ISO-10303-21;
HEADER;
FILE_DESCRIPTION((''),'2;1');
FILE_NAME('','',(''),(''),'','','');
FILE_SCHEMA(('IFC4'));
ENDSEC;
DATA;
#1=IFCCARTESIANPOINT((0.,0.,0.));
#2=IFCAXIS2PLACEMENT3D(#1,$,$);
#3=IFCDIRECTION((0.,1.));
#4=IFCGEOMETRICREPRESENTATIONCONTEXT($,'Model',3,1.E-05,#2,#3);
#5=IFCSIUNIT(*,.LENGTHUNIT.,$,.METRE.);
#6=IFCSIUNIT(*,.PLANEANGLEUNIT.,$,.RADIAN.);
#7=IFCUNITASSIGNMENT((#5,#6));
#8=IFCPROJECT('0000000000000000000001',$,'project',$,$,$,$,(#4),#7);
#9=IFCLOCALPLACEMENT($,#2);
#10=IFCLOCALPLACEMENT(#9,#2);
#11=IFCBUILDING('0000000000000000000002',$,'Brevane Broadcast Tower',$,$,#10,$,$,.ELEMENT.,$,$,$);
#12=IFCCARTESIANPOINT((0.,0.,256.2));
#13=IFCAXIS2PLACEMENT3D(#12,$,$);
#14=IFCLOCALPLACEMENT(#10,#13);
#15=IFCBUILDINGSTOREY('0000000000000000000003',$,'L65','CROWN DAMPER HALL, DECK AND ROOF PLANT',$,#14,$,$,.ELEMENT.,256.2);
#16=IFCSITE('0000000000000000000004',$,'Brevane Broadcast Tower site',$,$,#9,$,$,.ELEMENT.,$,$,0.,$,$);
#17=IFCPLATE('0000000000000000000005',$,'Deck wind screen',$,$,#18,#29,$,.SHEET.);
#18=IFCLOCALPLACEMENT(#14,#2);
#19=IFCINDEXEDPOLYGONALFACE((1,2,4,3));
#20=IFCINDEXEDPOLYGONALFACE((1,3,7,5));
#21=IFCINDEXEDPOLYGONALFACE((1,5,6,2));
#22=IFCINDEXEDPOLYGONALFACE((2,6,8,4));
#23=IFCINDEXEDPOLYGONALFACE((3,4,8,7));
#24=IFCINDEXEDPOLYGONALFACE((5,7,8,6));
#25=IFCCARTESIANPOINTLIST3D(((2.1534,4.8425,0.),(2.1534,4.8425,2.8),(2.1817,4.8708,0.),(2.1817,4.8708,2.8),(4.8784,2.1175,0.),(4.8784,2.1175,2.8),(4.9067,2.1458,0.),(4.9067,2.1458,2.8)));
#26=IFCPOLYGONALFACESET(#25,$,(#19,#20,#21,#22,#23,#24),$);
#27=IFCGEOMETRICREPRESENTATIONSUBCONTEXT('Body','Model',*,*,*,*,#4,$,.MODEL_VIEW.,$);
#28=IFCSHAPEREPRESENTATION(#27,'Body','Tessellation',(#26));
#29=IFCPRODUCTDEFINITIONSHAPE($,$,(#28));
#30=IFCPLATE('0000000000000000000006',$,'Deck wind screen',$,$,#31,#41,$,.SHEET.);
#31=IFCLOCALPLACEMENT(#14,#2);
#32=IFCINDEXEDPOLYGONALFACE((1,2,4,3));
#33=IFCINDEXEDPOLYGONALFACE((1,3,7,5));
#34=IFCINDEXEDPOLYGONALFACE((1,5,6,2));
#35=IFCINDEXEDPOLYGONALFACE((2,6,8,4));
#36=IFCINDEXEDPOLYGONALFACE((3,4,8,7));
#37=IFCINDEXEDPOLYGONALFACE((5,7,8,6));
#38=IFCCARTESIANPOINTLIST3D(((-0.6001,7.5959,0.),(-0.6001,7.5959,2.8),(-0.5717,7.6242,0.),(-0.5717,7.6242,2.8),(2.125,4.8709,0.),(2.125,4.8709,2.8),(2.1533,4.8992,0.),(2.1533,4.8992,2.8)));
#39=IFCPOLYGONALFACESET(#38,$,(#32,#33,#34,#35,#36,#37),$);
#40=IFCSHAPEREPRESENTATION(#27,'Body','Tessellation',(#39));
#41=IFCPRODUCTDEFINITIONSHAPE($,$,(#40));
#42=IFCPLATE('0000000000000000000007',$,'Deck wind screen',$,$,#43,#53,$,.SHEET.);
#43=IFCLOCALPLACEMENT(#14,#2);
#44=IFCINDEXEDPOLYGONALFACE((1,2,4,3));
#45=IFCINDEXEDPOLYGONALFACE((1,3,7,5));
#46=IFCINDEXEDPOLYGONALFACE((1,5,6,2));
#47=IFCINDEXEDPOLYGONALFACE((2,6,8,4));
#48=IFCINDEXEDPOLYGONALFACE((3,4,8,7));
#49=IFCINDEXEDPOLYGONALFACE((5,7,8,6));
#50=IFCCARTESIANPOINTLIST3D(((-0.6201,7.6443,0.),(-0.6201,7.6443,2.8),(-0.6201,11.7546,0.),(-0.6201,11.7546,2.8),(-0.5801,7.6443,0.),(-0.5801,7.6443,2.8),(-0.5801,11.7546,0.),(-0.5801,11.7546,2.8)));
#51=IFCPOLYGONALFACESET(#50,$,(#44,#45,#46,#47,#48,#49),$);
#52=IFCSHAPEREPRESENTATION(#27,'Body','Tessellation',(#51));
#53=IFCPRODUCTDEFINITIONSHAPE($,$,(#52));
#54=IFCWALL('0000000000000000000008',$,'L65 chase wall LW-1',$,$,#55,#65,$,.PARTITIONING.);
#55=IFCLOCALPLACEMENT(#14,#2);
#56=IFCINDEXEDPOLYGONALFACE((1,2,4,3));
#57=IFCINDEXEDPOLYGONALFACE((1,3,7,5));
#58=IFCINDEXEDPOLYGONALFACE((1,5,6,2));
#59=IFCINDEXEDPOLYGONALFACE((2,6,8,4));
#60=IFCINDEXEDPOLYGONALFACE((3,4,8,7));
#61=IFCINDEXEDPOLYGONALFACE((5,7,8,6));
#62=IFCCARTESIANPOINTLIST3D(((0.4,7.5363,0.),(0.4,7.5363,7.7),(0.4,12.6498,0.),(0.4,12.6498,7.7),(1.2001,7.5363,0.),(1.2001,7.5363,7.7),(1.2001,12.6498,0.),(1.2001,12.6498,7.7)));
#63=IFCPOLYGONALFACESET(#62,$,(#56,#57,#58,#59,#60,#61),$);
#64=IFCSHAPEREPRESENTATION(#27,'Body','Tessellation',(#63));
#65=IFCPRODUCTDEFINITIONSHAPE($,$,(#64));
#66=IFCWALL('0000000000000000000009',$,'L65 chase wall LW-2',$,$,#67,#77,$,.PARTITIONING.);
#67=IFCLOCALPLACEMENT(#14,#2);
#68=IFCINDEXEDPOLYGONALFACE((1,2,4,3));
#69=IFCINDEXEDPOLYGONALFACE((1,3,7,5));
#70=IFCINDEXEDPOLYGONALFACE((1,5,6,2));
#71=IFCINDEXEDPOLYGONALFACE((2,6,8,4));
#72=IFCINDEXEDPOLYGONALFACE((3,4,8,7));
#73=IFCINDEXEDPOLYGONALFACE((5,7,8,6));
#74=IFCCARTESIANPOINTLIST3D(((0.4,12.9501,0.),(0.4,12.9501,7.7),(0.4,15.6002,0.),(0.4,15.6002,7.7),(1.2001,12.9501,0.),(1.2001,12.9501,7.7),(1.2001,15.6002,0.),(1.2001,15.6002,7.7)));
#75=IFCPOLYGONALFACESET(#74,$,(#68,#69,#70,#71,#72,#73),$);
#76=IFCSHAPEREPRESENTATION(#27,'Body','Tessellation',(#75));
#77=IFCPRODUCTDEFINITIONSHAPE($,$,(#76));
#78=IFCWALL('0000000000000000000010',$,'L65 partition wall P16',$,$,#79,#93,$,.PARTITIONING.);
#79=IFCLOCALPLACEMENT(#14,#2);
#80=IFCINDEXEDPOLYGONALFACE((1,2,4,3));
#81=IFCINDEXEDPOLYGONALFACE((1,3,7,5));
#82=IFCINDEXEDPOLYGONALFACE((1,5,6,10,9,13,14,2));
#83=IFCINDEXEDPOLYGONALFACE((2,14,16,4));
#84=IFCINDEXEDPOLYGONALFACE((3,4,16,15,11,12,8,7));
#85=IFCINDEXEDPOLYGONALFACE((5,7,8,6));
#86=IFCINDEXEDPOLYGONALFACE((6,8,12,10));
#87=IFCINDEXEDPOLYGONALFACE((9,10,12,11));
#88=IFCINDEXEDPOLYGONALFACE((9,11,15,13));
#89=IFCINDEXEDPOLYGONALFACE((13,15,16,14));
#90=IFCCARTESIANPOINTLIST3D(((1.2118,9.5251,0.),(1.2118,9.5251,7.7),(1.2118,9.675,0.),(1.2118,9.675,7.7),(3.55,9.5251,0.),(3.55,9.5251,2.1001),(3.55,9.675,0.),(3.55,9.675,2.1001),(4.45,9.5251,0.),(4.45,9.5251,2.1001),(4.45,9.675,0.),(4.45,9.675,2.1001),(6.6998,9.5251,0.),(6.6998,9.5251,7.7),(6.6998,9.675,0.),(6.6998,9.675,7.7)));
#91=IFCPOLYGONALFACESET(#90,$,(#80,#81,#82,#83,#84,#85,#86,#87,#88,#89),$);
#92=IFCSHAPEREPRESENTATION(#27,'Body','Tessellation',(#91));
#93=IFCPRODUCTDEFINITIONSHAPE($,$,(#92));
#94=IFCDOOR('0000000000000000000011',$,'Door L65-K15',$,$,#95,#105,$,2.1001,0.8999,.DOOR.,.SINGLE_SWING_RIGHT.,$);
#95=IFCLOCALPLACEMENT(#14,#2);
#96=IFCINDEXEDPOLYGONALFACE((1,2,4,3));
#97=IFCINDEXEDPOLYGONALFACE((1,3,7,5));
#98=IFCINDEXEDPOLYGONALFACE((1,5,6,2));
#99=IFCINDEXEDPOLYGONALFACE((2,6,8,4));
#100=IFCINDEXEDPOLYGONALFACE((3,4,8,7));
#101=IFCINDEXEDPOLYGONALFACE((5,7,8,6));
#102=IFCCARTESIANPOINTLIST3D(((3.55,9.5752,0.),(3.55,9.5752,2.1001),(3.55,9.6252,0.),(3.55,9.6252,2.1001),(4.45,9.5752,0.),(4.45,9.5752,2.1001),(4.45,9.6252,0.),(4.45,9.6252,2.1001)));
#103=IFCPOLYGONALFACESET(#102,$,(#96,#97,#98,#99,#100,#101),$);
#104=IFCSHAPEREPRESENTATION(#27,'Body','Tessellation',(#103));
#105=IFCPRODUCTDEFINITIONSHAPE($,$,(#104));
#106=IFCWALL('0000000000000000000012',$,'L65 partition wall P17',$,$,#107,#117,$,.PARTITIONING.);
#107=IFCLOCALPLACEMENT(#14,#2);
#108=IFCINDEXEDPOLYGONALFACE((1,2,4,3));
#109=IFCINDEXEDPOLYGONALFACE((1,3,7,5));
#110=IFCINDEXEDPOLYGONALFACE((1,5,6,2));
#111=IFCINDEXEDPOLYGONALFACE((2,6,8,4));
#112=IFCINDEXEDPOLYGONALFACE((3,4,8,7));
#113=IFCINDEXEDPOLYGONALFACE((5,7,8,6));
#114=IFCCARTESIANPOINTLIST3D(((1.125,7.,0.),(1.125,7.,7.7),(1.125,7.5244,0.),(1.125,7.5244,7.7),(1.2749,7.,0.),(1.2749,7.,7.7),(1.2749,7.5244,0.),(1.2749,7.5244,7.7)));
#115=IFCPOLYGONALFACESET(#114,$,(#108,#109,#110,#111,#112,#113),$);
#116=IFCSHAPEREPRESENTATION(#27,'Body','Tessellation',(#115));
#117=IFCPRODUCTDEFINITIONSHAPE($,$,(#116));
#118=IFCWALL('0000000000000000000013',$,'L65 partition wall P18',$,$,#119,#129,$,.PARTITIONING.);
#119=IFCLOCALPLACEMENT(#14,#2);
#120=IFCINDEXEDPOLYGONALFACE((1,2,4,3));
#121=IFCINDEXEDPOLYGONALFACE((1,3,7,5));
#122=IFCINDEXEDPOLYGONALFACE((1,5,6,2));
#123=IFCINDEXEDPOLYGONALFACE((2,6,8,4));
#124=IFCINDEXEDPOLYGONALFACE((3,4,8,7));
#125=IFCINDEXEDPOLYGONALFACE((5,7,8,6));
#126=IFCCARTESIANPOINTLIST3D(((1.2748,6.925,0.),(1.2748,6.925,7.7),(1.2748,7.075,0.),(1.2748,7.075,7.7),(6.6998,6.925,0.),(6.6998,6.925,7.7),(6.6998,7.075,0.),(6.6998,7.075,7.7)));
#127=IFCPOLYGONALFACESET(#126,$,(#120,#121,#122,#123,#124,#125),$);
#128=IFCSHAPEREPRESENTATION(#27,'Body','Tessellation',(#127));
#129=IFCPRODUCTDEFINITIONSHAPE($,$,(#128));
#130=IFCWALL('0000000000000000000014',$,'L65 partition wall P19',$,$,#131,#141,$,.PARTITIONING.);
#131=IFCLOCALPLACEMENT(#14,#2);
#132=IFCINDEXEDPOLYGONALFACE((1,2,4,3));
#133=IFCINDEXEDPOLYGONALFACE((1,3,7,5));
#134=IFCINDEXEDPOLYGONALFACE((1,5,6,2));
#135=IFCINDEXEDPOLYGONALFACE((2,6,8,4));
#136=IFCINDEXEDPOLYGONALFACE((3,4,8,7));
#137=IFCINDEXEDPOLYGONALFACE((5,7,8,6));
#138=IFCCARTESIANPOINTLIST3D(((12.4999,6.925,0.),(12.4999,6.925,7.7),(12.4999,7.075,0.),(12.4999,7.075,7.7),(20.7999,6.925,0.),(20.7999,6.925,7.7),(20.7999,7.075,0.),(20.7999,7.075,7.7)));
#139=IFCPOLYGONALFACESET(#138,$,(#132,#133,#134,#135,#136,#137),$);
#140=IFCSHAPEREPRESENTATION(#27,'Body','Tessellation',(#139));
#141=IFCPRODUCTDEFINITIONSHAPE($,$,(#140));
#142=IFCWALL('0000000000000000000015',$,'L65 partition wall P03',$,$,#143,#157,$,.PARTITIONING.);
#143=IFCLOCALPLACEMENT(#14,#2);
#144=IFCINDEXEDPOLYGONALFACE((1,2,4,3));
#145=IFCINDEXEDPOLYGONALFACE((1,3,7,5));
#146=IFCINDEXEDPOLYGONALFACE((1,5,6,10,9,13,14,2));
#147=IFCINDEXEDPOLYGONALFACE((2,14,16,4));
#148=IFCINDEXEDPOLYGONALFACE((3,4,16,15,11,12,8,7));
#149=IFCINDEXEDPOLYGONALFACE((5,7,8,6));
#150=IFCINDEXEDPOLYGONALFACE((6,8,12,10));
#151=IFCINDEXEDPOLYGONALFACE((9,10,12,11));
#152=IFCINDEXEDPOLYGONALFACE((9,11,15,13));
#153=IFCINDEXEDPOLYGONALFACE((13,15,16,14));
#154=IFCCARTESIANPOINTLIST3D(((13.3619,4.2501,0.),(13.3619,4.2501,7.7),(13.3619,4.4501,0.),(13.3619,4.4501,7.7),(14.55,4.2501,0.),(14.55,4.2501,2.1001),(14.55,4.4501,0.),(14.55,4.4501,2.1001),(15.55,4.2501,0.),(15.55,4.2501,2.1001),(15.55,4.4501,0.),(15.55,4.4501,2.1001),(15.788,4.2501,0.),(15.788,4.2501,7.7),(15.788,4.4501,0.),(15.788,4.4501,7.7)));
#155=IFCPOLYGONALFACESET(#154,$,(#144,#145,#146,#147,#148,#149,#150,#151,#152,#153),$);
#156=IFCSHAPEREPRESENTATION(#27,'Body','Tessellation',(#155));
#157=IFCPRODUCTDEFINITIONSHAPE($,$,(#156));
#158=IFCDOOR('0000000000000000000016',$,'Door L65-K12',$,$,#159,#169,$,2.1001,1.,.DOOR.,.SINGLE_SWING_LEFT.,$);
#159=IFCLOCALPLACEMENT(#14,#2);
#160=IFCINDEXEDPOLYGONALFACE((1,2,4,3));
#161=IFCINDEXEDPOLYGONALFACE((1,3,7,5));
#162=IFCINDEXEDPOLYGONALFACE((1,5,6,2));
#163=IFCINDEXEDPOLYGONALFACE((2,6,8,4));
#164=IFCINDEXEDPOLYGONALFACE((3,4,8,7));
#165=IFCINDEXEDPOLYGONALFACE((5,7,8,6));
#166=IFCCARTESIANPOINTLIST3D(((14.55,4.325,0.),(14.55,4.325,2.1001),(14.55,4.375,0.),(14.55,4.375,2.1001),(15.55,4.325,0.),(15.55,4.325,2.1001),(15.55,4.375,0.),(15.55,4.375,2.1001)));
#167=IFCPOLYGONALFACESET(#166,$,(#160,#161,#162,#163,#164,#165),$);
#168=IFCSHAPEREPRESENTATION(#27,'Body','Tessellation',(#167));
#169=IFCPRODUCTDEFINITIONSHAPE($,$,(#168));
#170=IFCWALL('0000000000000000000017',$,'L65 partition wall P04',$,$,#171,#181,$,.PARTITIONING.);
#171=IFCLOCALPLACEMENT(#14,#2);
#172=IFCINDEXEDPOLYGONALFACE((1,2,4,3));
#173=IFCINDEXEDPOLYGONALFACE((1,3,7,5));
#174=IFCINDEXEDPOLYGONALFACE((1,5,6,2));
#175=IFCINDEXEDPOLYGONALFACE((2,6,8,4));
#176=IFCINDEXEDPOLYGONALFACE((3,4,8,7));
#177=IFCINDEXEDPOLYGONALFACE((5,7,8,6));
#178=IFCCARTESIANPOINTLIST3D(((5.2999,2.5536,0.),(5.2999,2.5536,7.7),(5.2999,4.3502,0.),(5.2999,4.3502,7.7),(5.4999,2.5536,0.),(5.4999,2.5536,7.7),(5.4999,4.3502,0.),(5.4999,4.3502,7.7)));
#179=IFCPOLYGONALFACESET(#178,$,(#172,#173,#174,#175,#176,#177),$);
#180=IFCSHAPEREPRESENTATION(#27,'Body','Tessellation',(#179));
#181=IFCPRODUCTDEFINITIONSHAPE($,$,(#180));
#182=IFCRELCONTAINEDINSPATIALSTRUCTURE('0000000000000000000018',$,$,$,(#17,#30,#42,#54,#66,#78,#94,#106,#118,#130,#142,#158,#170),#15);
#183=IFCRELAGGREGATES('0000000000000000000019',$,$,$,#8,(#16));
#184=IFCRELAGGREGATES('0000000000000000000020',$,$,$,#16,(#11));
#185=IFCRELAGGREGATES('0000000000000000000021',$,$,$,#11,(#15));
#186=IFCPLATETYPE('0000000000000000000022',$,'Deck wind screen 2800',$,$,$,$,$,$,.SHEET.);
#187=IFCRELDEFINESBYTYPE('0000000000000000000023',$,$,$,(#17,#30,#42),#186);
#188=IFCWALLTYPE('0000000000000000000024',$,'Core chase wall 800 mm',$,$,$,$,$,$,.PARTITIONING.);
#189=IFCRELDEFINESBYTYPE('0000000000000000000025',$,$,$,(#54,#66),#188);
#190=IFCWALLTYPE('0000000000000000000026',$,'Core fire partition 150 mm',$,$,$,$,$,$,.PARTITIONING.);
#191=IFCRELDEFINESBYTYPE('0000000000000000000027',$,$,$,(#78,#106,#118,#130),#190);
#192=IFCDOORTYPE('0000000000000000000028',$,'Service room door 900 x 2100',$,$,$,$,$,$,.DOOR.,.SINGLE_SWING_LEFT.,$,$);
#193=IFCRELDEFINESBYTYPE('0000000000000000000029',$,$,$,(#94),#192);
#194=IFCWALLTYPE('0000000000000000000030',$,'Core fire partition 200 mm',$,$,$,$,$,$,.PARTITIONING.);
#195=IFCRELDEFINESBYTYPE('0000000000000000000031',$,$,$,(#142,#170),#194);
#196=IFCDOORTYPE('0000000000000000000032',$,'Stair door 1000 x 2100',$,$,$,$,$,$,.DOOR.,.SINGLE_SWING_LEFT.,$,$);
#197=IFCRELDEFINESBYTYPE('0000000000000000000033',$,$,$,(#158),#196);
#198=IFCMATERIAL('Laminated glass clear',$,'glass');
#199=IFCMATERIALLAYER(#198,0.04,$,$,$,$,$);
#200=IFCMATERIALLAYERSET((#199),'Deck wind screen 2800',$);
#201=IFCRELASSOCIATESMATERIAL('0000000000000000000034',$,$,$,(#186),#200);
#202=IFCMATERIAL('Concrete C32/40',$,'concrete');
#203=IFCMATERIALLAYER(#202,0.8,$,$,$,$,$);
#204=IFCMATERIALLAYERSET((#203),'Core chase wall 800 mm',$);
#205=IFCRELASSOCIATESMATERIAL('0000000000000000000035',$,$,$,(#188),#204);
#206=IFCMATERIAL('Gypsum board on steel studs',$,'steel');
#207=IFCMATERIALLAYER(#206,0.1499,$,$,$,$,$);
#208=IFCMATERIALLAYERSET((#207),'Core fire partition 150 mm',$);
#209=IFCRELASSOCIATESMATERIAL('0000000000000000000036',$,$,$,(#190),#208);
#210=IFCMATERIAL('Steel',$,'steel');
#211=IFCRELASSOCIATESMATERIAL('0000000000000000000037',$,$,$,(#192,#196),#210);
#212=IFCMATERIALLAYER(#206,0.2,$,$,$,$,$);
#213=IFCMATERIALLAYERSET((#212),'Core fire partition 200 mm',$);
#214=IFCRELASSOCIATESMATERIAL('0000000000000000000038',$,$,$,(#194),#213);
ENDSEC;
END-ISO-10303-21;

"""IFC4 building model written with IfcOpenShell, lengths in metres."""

from ifc_helpers import new_model, si_unit, direction, frame, frame_2d, origin, origin_2d, place, context, subcontext, project, spatial, rectangle, extrude, material, layer, layer_set, type_object, element, fill, save


model = new_model("IFC4")

# Units and contexts
model_context = context("Model", 3, precision=1e-05, world=origin(), true_north=direction((0.0, 1.0)))
body_context = subcontext(model_context, "Body", "Model", "MODEL_VIEW")
ifc_project = project(units=[si_unit("LENGTHUNIT", "METRE"), si_unit("PLANEANGLEUNIT", "RADIAN")], contexts=[model_context])

# Site, building, storey
site_placement = place(None, origin())
site = spatial("IfcSite", under=ifc_project, at=site_placement, Name="Brevane Broadcast Tower site", CompositionType="ELEMENT", RefElevation=0.0)
building_placement = place(site_placement, origin())
building = spatial("IfcBuilding", under=site, at=building_placement, Name="Brevane Broadcast Tower", CompositionType="ELEMENT")
storey_placement = place(building_placement, frame((0.0, 0.0, 256.2)))
storey = spatial("IfcBuildingStorey", under=building, at=storey_placement, Name="L65", Description="CROWN DAMPER HALL, DECK AND ROOF PLANT", CompositionType="ELEMENT", Elevation=256.2)

# Plates
ifc_material_1 = material(Name="Laminated glass clear", Category="glass")
ifc_layer_1 = layer(ifc_material_1, 0.04)
ifc_layer_set_1 = layer_set([ifc_layer_1], Name="Deck wind screen 2800")
plate_type = type_object("IfcPlateType", Name="Deck wind screen 2800", PredefinedType="SHEET", material=ifc_layer_set_1)
for number, where, z_axis, x_axis, name in (
    (1, (3.53, 3.4941, 0.0), (0.0, 0.0, 1.0), (-0.707107, 0.707107, 0.0), "Deck wind screen"),
    (2, (0.7766, 6.2476, 0.0), (0.0, 0.0, 1.0), (-0.707107, 0.707107, 0.0), "Deck wind screen"),
):
    element("IfcPlate", number, at=place(storey_placement, frame(where, z_axis=z_axis, x_axis=x_axis)), inside=storey, type_object=plate_type, Name=name, PredefinedType="SHEET", context=body_context, shape_type="SweptSolid", body=[
        extrude(rectangle(XDim=3.8538, YDim=0.04, at=origin_2d()), origin(), (0.0, 0.0, 1.0), 2.8),
    ])
plate_placement = place(storey_placement, frame((-0.6001, 9.6995, 0.0), z_axis=(0.0, 0.0, 1.0), x_axis=(0.0, 1.0, 0.0)))
element("IfcPlate", 3, at=plate_placement, inside=storey, type_object=plate_type, Name="Deck wind screen", PredefinedType="SHEET", context=body_context, shape_type="SweptSolid", body=[
    extrude(rectangle(XDim=4.1104, YDim=0.04, at=origin_2d()), origin(), (0.0, 0.0, 1.0), 2.8),
])

# Walls
ifc_material_2 = material(Name="Concrete C32/40", Category="concrete")
ifc_layer_2 = layer(ifc_material_2, 0.8)
ifc_layer_set_2 = layer_set([ifc_layer_2], Name="Core chase wall 800 mm")
wall_type_1 = type_object("IfcWallType", Name="Core chase wall 800 mm", PredefinedType="PARTITIONING", material=ifc_layer_set_2)
wall_1_placement = place(storey_placement, frame((0.8, 7.5364, 0.0), z_axis=(0.0, 0.0, 1.0), x_axis=(0.0, 1.0, 0.0)))
element("IfcWall", 4, at=wall_1_placement, inside=storey, type_object=wall_type_1, Name="L65 chase wall LW-1", PredefinedType="PARTITIONING", context=body_context, shape_type="SweptSolid", body=[
    extrude(rectangle(XDim=5.1135, YDim=0.8, at=frame_2d((2.5566, 0.0))), origin(), (0.0, 0.0, 1.0), 7.7),
])
wall_2_placement = place(storey_placement, frame((0.8, 12.95, 0.0), z_axis=(0.0, 0.0, 1.0), x_axis=(0.0, 1.0, 0.0)))
element("IfcWall", 5, at=wall_2_placement, inside=storey, type_object=wall_type_1, Name="L65 chase wall LW-2", PredefinedType="PARTITIONING", context=body_context, shape_type="SweptSolid", body=[
    extrude(rectangle(XDim=2.6501, YDim=0.8, at=frame_2d((1.3252, 0.0))), origin(), (0.0, 0.0, 1.0), 7.7),
])

# Wall, opening, door
ifc_material_3 = material(Name="Gypsum board on steel studs", Category="steel")
ifc_layer_3 = layer(ifc_material_3, 0.1499)
ifc_layer_set_3 = layer_set([ifc_layer_3], Name="Core fire partition 150 mm")
wall_type_2 = type_object("IfcWallType", Name="Core fire partition 150 mm", PredefinedType="PARTITIONING", material=ifc_layer_set_3)
wall_3_placement = place(storey_placement, frame((6.7, 9.6001, 0.0), z_axis=(0.0, 0.0, 1.0), x_axis=(-1.0, 0.0, 0.0)))
wall_3 = element("IfcWall", 6, at=wall_3_placement, inside=storey, type_object=wall_type_2, Name="L65 partition wall P16", PredefinedType="PARTITIONING", context=body_context, shape_type="SweptSolid", body=[
    extrude(rectangle(XDim=5.488, YDim=0.1499, at=frame_2d((2.7441, 0.0))), origin(), (0.0, 0.0, 1.0), 7.7),
])
opening_1_placement = place(wall_3_placement, frame((2.25, 0.0, 0.0)))
opening_1 = element("IfcOpeningElement", 7, at=opening_1_placement, cuts=wall_3, PredefinedType="OPENING", context=body_context, shape_type="SweptSolid", body=[
    extrude(rectangle(XDim=0.8999, YDim=2.1001, at=frame_2d((0.45, 1.05))), frame((0.0, 0.085, 0.0), z_axis=(0.0, -1.0, 0.0), x_axis=(1.0, 0.0, 0.0)), (0.0, 0.0, 1.0), 0.1699),
])
ifc_material_4 = material(Name="Steel", Category="steel")
door_type_1 = type_object("IfcDoorType", Name="Service room door 900 x 2100", OperationType="SINGLE_SWING_LEFT", PredefinedType="DOOR", material=ifc_material_4)
door_1_placement = place(opening_1_placement, origin())
door_1 = element("IfcDoor", 8, at=door_1_placement, inside=storey, type_object=door_type_1, Name="Door L65-K15", OperationType="SINGLE_SWING_RIGHT", OverallHeight=2.1001, OverallWidth=0.8999, PredefinedType="DOOR", context=body_context, shape_type="SweptSolid", body=[
    extrude(rectangle(XDim=0.8999, YDim=2.1001, at=frame_2d((0.45, 1.05))), frame((0.0, 0.0249, 0.0), z_axis=(0.0, -1.0, 0.0), x_axis=(1.0, 0.0, 0.0)), (0.0, 0.0, 1.0), 0.05),
])
fill(opening_1, door_1)

# Walls
wall_4_placement = place(storey_placement, frame((1.2, 7.5244, 0.0), z_axis=(0.0, 0.0, 1.0), x_axis=(0.0, -1.0, 0.0)))
element("IfcWall", 9, at=wall_4_placement, inside=storey, type_object=wall_type_2, Name="L65 partition wall P17", PredefinedType="PARTITIONING", context=body_context, shape_type="SweptSolid", body=[
    extrude(rectangle(XDim=0.5244, YDim=0.1499, at=frame_2d((0.2622, 0.0))), origin(), (0.0, 0.0, 1.0), 7.7),
])
wall_5_placement = place(storey_placement, frame((1.2749, 7.0, 0.0), z_axis=(0.0, 0.0, 1.0), x_axis=(1.0, 0.0, 0.0)))
element("IfcWall", 10, at=wall_5_placement, inside=storey, type_object=wall_type_2, Name="L65 partition wall P18", PredefinedType="PARTITIONING", context=body_context, shape_type="SweptSolid", body=[
    extrude(rectangle(XDim=5.425, YDim=0.1499, at=frame_2d((2.7124, 0.0))), origin(), (0.0, 0.0, 1.0), 7.7),
])
wall_6_placement = place(storey_placement, frame((12.5, 7.0, 0.0), z_axis=(0.0, 0.0, 1.0), x_axis=(1.0, 0.0, 0.0)))
element("IfcWall", 11, at=wall_6_placement, inside=storey, type_object=wall_type_2, Name="L65 partition wall P19", PredefinedType="PARTITIONING", context=body_context, shape_type="SweptSolid", body=[
    extrude(rectangle(XDim=8.3, YDim=0.1499, at=frame_2d((4.1499, 0.0))), origin(), (0.0, 0.0, 1.0), 7.7),
])

# Wall, opening, door
ifc_layer_4 = layer(ifc_material_3, 0.2)
ifc_layer_set_4 = layer_set([ifc_layer_4], Name="Core fire partition 200 mm")
wall_type_3 = type_object("IfcWallType", Name="Core fire partition 200 mm", PredefinedType="PARTITIONING", material=ifc_layer_set_4)
wall_7_placement = place(storey_placement, frame((13.3621, 4.3501, 0.0), z_axis=(0.0, 0.0, 1.0), x_axis=(1.0, 0.0, 0.0)))
wall_7 = element("IfcWall", 12, at=wall_7_placement, inside=storey, type_object=wall_type_3, Name="L65 partition wall P03", PredefinedType="PARTITIONING", context=body_context, shape_type="SweptSolid", body=[
    extrude(rectangle(XDim=2.426, YDim=0.2, at=frame_2d((1.2129, 0.0))), origin(), (0.0, 0.0, 1.0), 7.7),
])
opening_2_placement = place(wall_7_placement, frame((1.188, 0.0, 0.0)))
opening_2 = element("IfcOpeningElement", 13, at=opening_2_placement, cuts=wall_7, PredefinedType="OPENING", context=body_context, shape_type="SweptSolid", body=[
    extrude(rectangle(XDim=1.0, YDim=2.1001, at=frame_2d((0.5, 1.05))), frame((0.0, 0.1099, 0.0), z_axis=(0.0, -1.0, 0.0), x_axis=(1.0, 0.0, 0.0)), (0.0, 0.0, 1.0), 0.22),
])
door_type_2 = type_object("IfcDoorType", Name="Stair door 1000 x 2100", OperationType="SINGLE_SWING_LEFT", PredefinedType="DOOR", material=ifc_material_4)
door_2_placement = place(opening_2_placement, origin())
door_2 = element("IfcDoor", 14, at=door_2_placement, inside=storey, type_object=door_type_2, Name="Door L65-K12", OperationType="SINGLE_SWING_LEFT", OverallHeight=2.1001, OverallWidth=1.0, PredefinedType="DOOR", context=body_context, shape_type="SweptSolid", body=[
    extrude(rectangle(XDim=1.0, YDim=2.1001, at=frame_2d((0.5, 1.05))), frame((0.0, 0.0249, 0.0), z_axis=(0.0, -1.0, 0.0), x_axis=(1.0, 0.0, 0.0)), (0.0, 0.0, 1.0), 0.05),
])
fill(opening_2, door_2)

# Wall
wall_8_placement = place(storey_placement, frame((5.3999, 2.5535, 0.0), z_axis=(0.0, 0.0, 1.0), x_axis=(0.0, 1.0, 0.0)))
element("IfcWall", 15, at=wall_8_placement, inside=storey, type_object=wall_type_3, Name="L65 partition wall P04", PredefinedType="PARTITIONING", context=body_context, shape_type="SweptSolid", body=[
    extrude(rectangle(XDim=1.7966, YDim=0.2, at=frame_2d((0.8984, 0.0))), origin(), (0.0, 0.0, 1.0), 7.7),
])

save(model, "model.ifc")
